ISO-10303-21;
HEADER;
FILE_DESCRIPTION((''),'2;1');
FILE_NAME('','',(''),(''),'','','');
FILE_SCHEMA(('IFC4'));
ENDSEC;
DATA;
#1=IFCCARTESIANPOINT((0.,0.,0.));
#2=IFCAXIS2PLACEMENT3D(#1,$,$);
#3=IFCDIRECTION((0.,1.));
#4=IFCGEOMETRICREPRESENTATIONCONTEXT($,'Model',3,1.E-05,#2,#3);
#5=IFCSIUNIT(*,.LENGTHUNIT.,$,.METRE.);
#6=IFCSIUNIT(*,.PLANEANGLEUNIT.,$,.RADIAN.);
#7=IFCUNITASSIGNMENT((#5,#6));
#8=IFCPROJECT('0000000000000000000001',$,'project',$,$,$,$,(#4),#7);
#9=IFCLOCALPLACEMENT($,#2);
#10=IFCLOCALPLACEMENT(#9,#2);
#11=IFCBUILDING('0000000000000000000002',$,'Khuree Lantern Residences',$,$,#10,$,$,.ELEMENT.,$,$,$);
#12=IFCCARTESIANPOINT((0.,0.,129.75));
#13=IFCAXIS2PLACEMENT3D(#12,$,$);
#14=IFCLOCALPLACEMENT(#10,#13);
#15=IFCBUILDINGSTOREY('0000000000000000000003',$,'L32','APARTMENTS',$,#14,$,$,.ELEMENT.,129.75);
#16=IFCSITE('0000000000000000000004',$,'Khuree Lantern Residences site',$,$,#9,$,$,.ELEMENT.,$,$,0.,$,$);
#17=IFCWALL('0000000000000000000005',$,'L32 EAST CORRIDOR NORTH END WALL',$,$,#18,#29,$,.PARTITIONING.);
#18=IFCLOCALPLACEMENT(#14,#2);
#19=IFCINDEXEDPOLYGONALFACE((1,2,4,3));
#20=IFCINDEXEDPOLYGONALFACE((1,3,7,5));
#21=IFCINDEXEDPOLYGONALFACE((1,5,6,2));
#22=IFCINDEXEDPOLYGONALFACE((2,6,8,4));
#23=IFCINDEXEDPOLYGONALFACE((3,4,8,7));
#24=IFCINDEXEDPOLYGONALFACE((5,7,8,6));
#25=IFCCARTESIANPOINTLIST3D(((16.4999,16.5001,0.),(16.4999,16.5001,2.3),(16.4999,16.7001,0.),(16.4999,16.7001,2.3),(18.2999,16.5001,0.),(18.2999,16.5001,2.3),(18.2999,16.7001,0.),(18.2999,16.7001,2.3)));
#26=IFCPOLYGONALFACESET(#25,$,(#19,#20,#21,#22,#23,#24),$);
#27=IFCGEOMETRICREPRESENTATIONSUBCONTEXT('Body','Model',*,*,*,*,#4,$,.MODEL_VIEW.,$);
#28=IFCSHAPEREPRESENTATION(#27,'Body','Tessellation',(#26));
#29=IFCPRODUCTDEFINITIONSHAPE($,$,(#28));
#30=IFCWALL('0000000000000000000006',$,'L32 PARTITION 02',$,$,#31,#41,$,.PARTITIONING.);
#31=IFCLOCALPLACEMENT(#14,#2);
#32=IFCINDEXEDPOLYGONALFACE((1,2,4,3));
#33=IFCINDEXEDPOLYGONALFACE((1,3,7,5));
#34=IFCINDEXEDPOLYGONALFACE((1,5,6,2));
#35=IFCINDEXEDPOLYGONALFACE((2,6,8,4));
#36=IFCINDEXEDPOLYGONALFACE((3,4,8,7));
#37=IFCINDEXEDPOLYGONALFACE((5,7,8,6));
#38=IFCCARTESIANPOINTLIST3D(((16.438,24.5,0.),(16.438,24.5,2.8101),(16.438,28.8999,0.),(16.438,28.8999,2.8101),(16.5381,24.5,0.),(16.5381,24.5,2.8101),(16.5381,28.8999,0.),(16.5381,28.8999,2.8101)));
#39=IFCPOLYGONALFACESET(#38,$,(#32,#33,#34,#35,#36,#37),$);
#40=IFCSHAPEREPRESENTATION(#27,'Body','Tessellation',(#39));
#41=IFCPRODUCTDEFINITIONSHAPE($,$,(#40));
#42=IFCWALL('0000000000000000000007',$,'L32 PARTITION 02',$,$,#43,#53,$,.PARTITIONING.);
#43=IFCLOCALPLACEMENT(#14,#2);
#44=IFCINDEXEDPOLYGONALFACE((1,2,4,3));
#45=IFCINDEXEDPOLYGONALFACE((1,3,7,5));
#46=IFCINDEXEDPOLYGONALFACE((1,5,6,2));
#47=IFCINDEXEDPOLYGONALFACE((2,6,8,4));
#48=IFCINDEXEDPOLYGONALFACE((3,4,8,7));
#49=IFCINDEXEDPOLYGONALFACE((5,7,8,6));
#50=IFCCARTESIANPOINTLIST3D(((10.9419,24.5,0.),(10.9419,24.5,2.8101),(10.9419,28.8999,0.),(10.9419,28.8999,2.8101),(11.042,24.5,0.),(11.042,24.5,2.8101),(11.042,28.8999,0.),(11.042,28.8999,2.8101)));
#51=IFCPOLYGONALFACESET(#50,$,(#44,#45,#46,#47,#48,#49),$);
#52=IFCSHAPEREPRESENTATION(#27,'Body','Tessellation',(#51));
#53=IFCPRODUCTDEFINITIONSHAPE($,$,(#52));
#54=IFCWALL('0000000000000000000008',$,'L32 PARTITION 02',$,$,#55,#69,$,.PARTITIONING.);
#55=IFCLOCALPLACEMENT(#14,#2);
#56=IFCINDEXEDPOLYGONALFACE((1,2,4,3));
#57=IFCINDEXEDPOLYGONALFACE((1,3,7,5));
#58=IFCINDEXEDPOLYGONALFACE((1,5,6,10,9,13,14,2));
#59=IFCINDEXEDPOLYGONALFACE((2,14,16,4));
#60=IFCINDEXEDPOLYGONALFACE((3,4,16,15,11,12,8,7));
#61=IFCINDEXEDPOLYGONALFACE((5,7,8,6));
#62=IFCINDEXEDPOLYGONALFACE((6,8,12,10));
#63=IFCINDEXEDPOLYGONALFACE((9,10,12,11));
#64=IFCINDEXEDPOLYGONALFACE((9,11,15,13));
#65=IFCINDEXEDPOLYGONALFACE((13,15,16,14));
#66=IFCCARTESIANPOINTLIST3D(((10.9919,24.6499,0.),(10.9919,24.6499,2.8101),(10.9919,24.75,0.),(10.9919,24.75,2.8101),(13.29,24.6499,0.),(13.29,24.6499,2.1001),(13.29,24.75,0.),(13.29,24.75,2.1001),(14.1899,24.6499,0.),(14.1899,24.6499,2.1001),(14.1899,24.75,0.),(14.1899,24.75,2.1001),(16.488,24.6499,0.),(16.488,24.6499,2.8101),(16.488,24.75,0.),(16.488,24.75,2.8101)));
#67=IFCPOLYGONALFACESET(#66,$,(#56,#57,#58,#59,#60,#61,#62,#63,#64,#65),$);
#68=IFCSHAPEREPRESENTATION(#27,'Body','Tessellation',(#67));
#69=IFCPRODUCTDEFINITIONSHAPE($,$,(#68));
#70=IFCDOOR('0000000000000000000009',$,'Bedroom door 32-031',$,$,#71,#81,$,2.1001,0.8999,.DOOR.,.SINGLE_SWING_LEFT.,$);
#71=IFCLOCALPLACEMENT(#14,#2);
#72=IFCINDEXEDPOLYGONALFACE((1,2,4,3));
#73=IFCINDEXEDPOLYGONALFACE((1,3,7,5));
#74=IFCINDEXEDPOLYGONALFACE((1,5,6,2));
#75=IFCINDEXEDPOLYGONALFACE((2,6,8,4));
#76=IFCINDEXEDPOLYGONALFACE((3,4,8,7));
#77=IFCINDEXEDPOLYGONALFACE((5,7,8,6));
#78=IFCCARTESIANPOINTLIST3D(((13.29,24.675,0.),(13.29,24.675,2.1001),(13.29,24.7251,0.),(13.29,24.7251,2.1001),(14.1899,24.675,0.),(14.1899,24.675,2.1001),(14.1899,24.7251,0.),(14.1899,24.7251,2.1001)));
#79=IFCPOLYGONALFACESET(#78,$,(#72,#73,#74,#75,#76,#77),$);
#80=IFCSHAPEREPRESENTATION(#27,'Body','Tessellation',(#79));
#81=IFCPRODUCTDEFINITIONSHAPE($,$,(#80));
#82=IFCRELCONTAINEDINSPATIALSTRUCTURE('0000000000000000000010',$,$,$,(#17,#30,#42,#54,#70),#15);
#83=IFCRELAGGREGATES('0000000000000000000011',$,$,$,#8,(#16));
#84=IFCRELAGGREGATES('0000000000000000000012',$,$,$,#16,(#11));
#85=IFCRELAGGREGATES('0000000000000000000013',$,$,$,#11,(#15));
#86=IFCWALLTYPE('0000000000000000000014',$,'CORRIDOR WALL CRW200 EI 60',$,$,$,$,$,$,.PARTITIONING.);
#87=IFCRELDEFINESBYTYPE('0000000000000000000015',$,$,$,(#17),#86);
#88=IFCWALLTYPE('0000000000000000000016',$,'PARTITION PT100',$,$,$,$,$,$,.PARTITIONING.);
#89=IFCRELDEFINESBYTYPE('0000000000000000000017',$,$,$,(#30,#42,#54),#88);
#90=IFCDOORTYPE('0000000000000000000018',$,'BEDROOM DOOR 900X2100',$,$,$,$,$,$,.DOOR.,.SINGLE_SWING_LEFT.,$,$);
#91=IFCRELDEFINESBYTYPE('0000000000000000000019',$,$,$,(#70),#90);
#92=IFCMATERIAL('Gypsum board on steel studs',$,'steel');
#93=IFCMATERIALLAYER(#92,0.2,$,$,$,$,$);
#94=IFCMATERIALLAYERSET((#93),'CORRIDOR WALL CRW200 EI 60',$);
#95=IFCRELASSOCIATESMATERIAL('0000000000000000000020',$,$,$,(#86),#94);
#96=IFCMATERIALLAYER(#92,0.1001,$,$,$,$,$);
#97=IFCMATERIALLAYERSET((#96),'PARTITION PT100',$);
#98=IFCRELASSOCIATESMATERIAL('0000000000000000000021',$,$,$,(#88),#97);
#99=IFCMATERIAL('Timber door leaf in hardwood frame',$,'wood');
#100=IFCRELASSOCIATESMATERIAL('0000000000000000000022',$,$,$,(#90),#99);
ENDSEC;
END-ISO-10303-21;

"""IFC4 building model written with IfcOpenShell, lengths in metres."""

from ifc_helpers import new_model, si_unit, direction, frame, frame_2d, origin, place, context, subcontext, project, spatial, rectangle, extrude, material, layer, layer_set, type_object, element, fill, save


model = new_model("IFC4")

# Units and contexts
model_context = context("Model", 3, precision=1e-05, world=origin(), true_north=direction((0.0, 1.0)))
body_context = subcontext(model_context, "Body", "Model", "MODEL_VIEW")
ifc_project = project(units=[si_unit("LENGTHUNIT", "METRE"), si_unit("PLANEANGLEUNIT", "RADIAN")], contexts=[model_context])

# Site, building, storey
site_placement = place(None, origin())
site = spatial("IfcSite", under=ifc_project, at=site_placement, Name="Khuree Lantern Residences site", CompositionType="ELEMENT", RefElevation=0.0)
building_placement = place(site_placement, origin())
building = spatial("IfcBuilding", under=site, at=building_placement, Name="Khuree Lantern Residences", CompositionType="ELEMENT")
storey_placement = place(building_placement, frame((0.0, 0.0, 129.75)))
storey = spatial("IfcBuildingStorey", under=building, at=storey_placement, Name="L32", Description="APARTMENTS", CompositionType="ELEMENT", Elevation=129.75)

# Shared definitions
ifc_material_1 = material(Name="Timber door leaf in hardwood frame", Category="wood")

# Walls
ifc_material_2 = material(Name="Gypsum board on steel studs", Category="steel")
ifc_layer_1 = layer(ifc_material_2, 0.2)
ifc_layer_set_1 = layer_set([ifc_layer_1], Name="CORRIDOR WALL CRW200 EI 60")
wall_type_1 = type_object("IfcWallType", Name="CORRIDOR WALL CRW200 EI 60", PredefinedType="PARTITIONING", material=ifc_layer_set_1)
wall_1_placement = place(storey_placement, frame((16.5, 16.6001, 0.0), z_axis=(0.0, 0.0, 1.0), x_axis=(1.0, 0.0, 0.0)))
element("IfcWall", 1, at=wall_1_placement, inside=storey, type_object=wall_type_1, Name="L32 EAST CORRIDOR NORTH END WALL", PredefinedType="PARTITIONING", context=body_context, shape_type="SweptSolid", body=[
    extrude(rectangle(XDim=1.8, YDim=0.2, at=frame_2d((0.8999, 0.0))), origin(), (0.0, 0.0, 1.0), 2.3),
])
ifc_layer_2 = layer(ifc_material_2, 0.1001)
ifc_layer_set_2 = layer_set([ifc_layer_2], Name="PARTITION PT100")
wall_type_2 = type_object("IfcWallType", Name="PARTITION PT100", PredefinedType="PARTITIONING", material=ifc_layer_set_2)
for number, where, z_axis, x_axis, name in (
    (2, (16.488, 24.5, 0.0), (0.0, 0.0, 1.0), (0.0, 1.0, 0.0), "L32 PARTITION 02"),
    (3, (10.9919, 24.5, 0.0), (0.0, 0.0, 1.0), (0.0, 1.0, 0.0), "L32 PARTITION 02"),
):
    element("IfcWall", number, at=place(storey_placement, frame(where, z_axis=z_axis, x_axis=x_axis)), inside=storey, type_object=wall_type_2, Name=name, PredefinedType="PARTITIONING", context=body_context, shape_type="SweptSolid", body=[
        extrude(rectangle(XDim=4.3999, YDim=0.1001, at=frame_2d((2.2, 0.0))), origin(), (0.0, 0.0, 1.0), 2.8101),
    ])

# Wall, opening, door
wall_2_placement = place(storey_placement, frame((16.488, 24.7, 0.0), z_axis=(0.0, 0.0, 1.0), x_axis=(-1.0, 0.0, 0.0)))
wall_2 = element("IfcWall", 4, at=wall_2_placement, inside=storey, type_object=wall_type_2, Name="L32 PARTITION 02", PredefinedType="PARTITIONING", context=body_context, shape_type="SweptSolid", body=[
    extrude(rectangle(XDim=5.4961, YDim=0.1001, at=frame_2d((2.748, 0.0))), origin(), (0.0, 0.0, 1.0), 2.8101),
])
opening_1_placement = place(wall_2_placement, frame((2.2981, 0.0, 0.0)))
opening_1 = element("IfcOpeningElement", 5, at=opening_1_placement, cuts=wall_2, PredefinedType="OPENING", context=body_context, shape_type="SweptSolid", body=[
    extrude(rectangle(XDim=0.8999, YDim=2.1001, at=frame_2d((0.45, 1.05))), frame((0.0, 0.0601, 0.0), z_axis=(0.0, -1.0, 0.0), x_axis=(1.0, 0.0, 0.0)), (0.0, 0.0, 1.0), 0.1201),
])
door_type_1 = type_object("IfcDoorType", Name="BEDROOM DOOR 900X2100", OperationType="SINGLE_SWING_LEFT", PredefinedType="DOOR", material=ifc_material_1)
door_1_placement = place(opening_1_placement, origin())
door_1 = element("IfcDoor", 6, at=door_1_placement, inside=storey, type_object=door_type_1, Name="Bedroom door 32-031", OperationType="SINGLE_SWING_LEFT", OverallHeight=2.1001, OverallWidth=0.8999, PredefinedType="DOOR", context=body_context, shape_type="SweptSolid", body=[
    extrude(rectangle(XDim=0.8999, YDim=2.1001, at=frame_2d((0.45, 1.05))), frame((0.0, 0.0249, 0.0), z_axis=(0.0, -1.0, 0.0), x_axis=(1.0, 0.0, 0.0)), (0.0, 0.0, 1.0), 0.05),
])
fill(opening_1, door_1)

save(model, "model.ifc")
